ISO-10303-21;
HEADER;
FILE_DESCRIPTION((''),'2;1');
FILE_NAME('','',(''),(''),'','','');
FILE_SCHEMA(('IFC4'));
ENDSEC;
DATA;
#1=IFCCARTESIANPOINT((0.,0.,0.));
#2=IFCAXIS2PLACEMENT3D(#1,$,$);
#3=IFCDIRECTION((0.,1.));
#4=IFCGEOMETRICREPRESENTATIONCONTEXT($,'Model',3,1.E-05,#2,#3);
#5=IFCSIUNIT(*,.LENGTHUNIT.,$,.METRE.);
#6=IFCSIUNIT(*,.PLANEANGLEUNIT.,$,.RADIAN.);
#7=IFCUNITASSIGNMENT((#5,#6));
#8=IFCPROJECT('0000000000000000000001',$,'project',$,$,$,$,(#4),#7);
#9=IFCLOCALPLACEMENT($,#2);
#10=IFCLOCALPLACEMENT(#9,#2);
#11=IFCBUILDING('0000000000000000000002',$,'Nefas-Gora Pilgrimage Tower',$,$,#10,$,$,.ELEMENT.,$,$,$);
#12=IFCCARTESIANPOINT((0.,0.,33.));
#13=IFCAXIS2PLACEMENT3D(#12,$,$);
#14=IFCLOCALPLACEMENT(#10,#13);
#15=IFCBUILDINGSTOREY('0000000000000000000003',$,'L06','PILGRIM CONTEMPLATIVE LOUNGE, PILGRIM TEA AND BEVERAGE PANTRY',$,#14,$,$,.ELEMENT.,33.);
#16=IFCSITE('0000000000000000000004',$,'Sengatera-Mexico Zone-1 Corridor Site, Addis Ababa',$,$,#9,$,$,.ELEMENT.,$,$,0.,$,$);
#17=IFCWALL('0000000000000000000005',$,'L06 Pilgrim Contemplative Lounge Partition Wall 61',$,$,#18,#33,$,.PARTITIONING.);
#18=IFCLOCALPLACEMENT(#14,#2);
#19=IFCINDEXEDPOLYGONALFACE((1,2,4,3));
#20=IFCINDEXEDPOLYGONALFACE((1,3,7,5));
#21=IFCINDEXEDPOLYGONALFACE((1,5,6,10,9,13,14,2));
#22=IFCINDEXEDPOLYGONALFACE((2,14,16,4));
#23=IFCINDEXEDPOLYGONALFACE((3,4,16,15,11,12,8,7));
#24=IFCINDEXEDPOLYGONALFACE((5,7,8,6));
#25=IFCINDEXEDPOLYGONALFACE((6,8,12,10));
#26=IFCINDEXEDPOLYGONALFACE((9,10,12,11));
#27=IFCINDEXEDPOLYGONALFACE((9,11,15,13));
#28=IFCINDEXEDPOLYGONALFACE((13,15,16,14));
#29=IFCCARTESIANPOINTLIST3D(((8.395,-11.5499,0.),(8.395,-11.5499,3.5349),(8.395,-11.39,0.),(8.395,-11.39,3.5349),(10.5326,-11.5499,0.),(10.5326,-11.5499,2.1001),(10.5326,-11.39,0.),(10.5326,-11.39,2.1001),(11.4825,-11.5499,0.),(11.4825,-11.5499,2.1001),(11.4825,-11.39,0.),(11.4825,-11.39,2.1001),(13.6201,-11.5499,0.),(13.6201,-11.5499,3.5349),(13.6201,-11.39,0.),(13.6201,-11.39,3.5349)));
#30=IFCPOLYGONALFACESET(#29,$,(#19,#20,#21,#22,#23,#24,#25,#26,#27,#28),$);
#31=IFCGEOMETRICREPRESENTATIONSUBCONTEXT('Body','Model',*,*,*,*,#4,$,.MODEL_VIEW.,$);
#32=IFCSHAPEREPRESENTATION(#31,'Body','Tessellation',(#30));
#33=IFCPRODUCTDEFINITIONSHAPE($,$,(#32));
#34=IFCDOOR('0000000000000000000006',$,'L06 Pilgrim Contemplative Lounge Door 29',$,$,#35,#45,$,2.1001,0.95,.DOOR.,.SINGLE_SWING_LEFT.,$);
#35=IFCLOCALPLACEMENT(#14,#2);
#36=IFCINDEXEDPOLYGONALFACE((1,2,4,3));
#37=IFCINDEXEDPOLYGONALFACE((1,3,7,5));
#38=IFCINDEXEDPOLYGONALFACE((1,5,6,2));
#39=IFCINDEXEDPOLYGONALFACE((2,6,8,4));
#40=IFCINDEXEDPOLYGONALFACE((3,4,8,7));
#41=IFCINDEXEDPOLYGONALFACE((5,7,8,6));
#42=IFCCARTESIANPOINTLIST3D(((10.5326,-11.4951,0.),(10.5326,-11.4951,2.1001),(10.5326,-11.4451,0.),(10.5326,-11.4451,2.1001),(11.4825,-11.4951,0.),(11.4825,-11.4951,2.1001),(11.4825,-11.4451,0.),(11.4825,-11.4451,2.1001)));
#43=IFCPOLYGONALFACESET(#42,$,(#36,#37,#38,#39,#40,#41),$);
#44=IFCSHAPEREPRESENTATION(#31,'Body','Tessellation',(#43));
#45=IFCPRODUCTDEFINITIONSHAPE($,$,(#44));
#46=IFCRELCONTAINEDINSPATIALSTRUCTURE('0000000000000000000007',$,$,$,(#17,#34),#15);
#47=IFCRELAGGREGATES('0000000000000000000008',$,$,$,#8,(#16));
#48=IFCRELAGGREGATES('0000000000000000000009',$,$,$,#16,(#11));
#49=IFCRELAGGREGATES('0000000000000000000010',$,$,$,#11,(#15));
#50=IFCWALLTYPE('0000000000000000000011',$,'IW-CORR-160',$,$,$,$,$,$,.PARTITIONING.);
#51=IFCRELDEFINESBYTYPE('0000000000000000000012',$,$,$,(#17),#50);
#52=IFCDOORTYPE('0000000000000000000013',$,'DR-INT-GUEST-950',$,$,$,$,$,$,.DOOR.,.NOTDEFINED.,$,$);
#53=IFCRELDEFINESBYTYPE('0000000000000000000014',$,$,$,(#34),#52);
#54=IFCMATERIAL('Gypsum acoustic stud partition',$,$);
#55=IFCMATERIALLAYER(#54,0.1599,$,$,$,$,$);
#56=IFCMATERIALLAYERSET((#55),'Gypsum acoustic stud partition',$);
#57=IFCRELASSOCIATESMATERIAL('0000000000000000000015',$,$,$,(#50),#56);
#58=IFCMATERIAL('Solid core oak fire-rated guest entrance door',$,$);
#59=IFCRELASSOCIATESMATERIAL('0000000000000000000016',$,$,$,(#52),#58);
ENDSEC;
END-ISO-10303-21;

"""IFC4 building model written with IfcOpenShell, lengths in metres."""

from ifc_helpers import new_model, si_unit, direction, frame, frame_2d, origin, place, context, subcontext, project, spatial, rectangle, extrude, source, transform, mapped, material, layer, layer_set, type_object, element, fill, save


model = new_model("IFC4")

# Units and contexts
model_context = context("Model", 3, precision=1e-05, world=origin(), true_north=direction((0.0, 1.0)))
body_context = subcontext(model_context, "Body", "Model", "MODEL_VIEW")
ifc_project = project(units=[si_unit("LENGTHUNIT", "METRE"), si_unit("PLANEANGLEUNIT", "RADIAN")], contexts=[model_context])

# Site, building, storey
site_placement = place(None, origin())
site = spatial("IfcSite", under=ifc_project, at=site_placement, Name="Sengatera-Mexico Zone-1 Corridor Site, Addis Ababa", CompositionType="ELEMENT", RefElevation=0.0)
building_placement = place(site_placement, origin())
building = spatial("IfcBuilding", under=site, at=building_placement, Name="Nefas-Gora Pilgrimage Tower", CompositionType="ELEMENT")
storey_placement = place(building_placement, frame((0.0, 0.0, 33.0)))
storey = spatial("IfcBuildingStorey", under=building, at=storey_placement, Name="L06", Description="PILGRIM CONTEMPLATIVE LOUNGE, PILGRIM TEA AND BEVERAGE PANTRY", CompositionType="ELEMENT", Elevation=33.0)

# Shared definitions
ifc_material_1 = material(Name="Gypsum acoustic stud partition")
ifc_layer_1 = layer(ifc_material_1, 0.1599)
ifc_layer_set_1 = layer_set([ifc_layer_1], Name="Gypsum acoustic stud partition")
wall_type_1 = type_object("IfcWallType", Name="IW-CORR-160", PredefinedType="PARTITIONING", material=ifc_layer_set_1)
ifc_material_2 = material(Name="Solid core oak fire-rated guest entrance door")
door_type = type_object("IfcDoorType", Name="DR-INT-GUEST-950", OperationType="NOTDEFINED", PredefinedType="DOOR", material=ifc_material_2)
shared_shape_1 = source(origin(), body_context, "Body", "SweptSolid", [
    extrude(rectangle(XDim=0.95, YDim=2.1001, at=frame_2d((0.4751, 1.05))), frame((0.0, 0.0249, 0.0), z_axis=(0.0, -1.0, 0.0), x_axis=(1.0, 0.0, 0.0)), (0.0, 0.0, 1.0), 0.05),
])

# Wall, opening, door
shared_shape_2 = source(origin(), body_context, "Body", "SweptSolid", [
    extrude(rectangle(XDim=5.2251, YDim=0.1599, at=frame_2d((2.6125, 0.0))), origin(), (0.0, 0.0, 1.0), 3.5349),
])
wall_1_placement = place(storey_placement, frame((8.395, -11.47, 0.0), z_axis=(0.0, 0.0, 1.0), x_axis=(1.0, 0.0, 0.0)))
wall_1 = element("IfcWall", 1, at=wall_1_placement, inside=storey, type_object=wall_type_1, Name="L06 Pilgrim Contemplative Lounge Partition Wall 61", PredefinedType="PARTITIONING", context=body_context, shape_type="MappedRepresentation", body=[
    mapped(shared_shape_2, transform((0.0, 0.0, 0.0), x_axis=(1.0, 0.0, 0.0), y_axis=(0.0, 1.0, 0.0), z_axis=(0.0, 0.0, 1.0), scale=1.0)),
])
opening_1_placement = place(wall_1_placement, frame((2.1375, 0.0, 0.0)))
opening_1 = element("IfcOpeningElement", 2, at=opening_1_placement, cuts=wall_1, PredefinedType="OPENING", context=body_context, shape_type="SweptSolid", body=[
    extrude(rectangle(XDim=0.95, YDim=2.1001, at=frame_2d((0.4751, 1.05))), frame((0.0, 0.0898, 0.0), z_axis=(0.0, -1.0, 0.0), x_axis=(1.0, 0.0, 0.0)), (0.0, 0.0, 1.0), 0.1799),
])
door_1_placement = place(opening_1_placement, origin())
door_1 = element("IfcDoor", 3, at=door_1_placement, inside=storey, type_object=door_type, Name="L06 Pilgrim Contemplative Lounge Door 29", OperationType="SINGLE_SWING_LEFT", OverallHeight=2.1001, OverallWidth=0.95, PredefinedType="DOOR", context=body_context, shape_type="MappedRepresentation", body=[
    mapped(shared_shape_1, transform((0.0, 0.0, 0.0), x_axis=(1.0, 0.0, 0.0), y_axis=(0.0, 1.0, 0.0), z_axis=(0.0, 0.0, 1.0), scale=1.0)),
])
fill(opening_1, door_1)

save(model, "model.ifc")
